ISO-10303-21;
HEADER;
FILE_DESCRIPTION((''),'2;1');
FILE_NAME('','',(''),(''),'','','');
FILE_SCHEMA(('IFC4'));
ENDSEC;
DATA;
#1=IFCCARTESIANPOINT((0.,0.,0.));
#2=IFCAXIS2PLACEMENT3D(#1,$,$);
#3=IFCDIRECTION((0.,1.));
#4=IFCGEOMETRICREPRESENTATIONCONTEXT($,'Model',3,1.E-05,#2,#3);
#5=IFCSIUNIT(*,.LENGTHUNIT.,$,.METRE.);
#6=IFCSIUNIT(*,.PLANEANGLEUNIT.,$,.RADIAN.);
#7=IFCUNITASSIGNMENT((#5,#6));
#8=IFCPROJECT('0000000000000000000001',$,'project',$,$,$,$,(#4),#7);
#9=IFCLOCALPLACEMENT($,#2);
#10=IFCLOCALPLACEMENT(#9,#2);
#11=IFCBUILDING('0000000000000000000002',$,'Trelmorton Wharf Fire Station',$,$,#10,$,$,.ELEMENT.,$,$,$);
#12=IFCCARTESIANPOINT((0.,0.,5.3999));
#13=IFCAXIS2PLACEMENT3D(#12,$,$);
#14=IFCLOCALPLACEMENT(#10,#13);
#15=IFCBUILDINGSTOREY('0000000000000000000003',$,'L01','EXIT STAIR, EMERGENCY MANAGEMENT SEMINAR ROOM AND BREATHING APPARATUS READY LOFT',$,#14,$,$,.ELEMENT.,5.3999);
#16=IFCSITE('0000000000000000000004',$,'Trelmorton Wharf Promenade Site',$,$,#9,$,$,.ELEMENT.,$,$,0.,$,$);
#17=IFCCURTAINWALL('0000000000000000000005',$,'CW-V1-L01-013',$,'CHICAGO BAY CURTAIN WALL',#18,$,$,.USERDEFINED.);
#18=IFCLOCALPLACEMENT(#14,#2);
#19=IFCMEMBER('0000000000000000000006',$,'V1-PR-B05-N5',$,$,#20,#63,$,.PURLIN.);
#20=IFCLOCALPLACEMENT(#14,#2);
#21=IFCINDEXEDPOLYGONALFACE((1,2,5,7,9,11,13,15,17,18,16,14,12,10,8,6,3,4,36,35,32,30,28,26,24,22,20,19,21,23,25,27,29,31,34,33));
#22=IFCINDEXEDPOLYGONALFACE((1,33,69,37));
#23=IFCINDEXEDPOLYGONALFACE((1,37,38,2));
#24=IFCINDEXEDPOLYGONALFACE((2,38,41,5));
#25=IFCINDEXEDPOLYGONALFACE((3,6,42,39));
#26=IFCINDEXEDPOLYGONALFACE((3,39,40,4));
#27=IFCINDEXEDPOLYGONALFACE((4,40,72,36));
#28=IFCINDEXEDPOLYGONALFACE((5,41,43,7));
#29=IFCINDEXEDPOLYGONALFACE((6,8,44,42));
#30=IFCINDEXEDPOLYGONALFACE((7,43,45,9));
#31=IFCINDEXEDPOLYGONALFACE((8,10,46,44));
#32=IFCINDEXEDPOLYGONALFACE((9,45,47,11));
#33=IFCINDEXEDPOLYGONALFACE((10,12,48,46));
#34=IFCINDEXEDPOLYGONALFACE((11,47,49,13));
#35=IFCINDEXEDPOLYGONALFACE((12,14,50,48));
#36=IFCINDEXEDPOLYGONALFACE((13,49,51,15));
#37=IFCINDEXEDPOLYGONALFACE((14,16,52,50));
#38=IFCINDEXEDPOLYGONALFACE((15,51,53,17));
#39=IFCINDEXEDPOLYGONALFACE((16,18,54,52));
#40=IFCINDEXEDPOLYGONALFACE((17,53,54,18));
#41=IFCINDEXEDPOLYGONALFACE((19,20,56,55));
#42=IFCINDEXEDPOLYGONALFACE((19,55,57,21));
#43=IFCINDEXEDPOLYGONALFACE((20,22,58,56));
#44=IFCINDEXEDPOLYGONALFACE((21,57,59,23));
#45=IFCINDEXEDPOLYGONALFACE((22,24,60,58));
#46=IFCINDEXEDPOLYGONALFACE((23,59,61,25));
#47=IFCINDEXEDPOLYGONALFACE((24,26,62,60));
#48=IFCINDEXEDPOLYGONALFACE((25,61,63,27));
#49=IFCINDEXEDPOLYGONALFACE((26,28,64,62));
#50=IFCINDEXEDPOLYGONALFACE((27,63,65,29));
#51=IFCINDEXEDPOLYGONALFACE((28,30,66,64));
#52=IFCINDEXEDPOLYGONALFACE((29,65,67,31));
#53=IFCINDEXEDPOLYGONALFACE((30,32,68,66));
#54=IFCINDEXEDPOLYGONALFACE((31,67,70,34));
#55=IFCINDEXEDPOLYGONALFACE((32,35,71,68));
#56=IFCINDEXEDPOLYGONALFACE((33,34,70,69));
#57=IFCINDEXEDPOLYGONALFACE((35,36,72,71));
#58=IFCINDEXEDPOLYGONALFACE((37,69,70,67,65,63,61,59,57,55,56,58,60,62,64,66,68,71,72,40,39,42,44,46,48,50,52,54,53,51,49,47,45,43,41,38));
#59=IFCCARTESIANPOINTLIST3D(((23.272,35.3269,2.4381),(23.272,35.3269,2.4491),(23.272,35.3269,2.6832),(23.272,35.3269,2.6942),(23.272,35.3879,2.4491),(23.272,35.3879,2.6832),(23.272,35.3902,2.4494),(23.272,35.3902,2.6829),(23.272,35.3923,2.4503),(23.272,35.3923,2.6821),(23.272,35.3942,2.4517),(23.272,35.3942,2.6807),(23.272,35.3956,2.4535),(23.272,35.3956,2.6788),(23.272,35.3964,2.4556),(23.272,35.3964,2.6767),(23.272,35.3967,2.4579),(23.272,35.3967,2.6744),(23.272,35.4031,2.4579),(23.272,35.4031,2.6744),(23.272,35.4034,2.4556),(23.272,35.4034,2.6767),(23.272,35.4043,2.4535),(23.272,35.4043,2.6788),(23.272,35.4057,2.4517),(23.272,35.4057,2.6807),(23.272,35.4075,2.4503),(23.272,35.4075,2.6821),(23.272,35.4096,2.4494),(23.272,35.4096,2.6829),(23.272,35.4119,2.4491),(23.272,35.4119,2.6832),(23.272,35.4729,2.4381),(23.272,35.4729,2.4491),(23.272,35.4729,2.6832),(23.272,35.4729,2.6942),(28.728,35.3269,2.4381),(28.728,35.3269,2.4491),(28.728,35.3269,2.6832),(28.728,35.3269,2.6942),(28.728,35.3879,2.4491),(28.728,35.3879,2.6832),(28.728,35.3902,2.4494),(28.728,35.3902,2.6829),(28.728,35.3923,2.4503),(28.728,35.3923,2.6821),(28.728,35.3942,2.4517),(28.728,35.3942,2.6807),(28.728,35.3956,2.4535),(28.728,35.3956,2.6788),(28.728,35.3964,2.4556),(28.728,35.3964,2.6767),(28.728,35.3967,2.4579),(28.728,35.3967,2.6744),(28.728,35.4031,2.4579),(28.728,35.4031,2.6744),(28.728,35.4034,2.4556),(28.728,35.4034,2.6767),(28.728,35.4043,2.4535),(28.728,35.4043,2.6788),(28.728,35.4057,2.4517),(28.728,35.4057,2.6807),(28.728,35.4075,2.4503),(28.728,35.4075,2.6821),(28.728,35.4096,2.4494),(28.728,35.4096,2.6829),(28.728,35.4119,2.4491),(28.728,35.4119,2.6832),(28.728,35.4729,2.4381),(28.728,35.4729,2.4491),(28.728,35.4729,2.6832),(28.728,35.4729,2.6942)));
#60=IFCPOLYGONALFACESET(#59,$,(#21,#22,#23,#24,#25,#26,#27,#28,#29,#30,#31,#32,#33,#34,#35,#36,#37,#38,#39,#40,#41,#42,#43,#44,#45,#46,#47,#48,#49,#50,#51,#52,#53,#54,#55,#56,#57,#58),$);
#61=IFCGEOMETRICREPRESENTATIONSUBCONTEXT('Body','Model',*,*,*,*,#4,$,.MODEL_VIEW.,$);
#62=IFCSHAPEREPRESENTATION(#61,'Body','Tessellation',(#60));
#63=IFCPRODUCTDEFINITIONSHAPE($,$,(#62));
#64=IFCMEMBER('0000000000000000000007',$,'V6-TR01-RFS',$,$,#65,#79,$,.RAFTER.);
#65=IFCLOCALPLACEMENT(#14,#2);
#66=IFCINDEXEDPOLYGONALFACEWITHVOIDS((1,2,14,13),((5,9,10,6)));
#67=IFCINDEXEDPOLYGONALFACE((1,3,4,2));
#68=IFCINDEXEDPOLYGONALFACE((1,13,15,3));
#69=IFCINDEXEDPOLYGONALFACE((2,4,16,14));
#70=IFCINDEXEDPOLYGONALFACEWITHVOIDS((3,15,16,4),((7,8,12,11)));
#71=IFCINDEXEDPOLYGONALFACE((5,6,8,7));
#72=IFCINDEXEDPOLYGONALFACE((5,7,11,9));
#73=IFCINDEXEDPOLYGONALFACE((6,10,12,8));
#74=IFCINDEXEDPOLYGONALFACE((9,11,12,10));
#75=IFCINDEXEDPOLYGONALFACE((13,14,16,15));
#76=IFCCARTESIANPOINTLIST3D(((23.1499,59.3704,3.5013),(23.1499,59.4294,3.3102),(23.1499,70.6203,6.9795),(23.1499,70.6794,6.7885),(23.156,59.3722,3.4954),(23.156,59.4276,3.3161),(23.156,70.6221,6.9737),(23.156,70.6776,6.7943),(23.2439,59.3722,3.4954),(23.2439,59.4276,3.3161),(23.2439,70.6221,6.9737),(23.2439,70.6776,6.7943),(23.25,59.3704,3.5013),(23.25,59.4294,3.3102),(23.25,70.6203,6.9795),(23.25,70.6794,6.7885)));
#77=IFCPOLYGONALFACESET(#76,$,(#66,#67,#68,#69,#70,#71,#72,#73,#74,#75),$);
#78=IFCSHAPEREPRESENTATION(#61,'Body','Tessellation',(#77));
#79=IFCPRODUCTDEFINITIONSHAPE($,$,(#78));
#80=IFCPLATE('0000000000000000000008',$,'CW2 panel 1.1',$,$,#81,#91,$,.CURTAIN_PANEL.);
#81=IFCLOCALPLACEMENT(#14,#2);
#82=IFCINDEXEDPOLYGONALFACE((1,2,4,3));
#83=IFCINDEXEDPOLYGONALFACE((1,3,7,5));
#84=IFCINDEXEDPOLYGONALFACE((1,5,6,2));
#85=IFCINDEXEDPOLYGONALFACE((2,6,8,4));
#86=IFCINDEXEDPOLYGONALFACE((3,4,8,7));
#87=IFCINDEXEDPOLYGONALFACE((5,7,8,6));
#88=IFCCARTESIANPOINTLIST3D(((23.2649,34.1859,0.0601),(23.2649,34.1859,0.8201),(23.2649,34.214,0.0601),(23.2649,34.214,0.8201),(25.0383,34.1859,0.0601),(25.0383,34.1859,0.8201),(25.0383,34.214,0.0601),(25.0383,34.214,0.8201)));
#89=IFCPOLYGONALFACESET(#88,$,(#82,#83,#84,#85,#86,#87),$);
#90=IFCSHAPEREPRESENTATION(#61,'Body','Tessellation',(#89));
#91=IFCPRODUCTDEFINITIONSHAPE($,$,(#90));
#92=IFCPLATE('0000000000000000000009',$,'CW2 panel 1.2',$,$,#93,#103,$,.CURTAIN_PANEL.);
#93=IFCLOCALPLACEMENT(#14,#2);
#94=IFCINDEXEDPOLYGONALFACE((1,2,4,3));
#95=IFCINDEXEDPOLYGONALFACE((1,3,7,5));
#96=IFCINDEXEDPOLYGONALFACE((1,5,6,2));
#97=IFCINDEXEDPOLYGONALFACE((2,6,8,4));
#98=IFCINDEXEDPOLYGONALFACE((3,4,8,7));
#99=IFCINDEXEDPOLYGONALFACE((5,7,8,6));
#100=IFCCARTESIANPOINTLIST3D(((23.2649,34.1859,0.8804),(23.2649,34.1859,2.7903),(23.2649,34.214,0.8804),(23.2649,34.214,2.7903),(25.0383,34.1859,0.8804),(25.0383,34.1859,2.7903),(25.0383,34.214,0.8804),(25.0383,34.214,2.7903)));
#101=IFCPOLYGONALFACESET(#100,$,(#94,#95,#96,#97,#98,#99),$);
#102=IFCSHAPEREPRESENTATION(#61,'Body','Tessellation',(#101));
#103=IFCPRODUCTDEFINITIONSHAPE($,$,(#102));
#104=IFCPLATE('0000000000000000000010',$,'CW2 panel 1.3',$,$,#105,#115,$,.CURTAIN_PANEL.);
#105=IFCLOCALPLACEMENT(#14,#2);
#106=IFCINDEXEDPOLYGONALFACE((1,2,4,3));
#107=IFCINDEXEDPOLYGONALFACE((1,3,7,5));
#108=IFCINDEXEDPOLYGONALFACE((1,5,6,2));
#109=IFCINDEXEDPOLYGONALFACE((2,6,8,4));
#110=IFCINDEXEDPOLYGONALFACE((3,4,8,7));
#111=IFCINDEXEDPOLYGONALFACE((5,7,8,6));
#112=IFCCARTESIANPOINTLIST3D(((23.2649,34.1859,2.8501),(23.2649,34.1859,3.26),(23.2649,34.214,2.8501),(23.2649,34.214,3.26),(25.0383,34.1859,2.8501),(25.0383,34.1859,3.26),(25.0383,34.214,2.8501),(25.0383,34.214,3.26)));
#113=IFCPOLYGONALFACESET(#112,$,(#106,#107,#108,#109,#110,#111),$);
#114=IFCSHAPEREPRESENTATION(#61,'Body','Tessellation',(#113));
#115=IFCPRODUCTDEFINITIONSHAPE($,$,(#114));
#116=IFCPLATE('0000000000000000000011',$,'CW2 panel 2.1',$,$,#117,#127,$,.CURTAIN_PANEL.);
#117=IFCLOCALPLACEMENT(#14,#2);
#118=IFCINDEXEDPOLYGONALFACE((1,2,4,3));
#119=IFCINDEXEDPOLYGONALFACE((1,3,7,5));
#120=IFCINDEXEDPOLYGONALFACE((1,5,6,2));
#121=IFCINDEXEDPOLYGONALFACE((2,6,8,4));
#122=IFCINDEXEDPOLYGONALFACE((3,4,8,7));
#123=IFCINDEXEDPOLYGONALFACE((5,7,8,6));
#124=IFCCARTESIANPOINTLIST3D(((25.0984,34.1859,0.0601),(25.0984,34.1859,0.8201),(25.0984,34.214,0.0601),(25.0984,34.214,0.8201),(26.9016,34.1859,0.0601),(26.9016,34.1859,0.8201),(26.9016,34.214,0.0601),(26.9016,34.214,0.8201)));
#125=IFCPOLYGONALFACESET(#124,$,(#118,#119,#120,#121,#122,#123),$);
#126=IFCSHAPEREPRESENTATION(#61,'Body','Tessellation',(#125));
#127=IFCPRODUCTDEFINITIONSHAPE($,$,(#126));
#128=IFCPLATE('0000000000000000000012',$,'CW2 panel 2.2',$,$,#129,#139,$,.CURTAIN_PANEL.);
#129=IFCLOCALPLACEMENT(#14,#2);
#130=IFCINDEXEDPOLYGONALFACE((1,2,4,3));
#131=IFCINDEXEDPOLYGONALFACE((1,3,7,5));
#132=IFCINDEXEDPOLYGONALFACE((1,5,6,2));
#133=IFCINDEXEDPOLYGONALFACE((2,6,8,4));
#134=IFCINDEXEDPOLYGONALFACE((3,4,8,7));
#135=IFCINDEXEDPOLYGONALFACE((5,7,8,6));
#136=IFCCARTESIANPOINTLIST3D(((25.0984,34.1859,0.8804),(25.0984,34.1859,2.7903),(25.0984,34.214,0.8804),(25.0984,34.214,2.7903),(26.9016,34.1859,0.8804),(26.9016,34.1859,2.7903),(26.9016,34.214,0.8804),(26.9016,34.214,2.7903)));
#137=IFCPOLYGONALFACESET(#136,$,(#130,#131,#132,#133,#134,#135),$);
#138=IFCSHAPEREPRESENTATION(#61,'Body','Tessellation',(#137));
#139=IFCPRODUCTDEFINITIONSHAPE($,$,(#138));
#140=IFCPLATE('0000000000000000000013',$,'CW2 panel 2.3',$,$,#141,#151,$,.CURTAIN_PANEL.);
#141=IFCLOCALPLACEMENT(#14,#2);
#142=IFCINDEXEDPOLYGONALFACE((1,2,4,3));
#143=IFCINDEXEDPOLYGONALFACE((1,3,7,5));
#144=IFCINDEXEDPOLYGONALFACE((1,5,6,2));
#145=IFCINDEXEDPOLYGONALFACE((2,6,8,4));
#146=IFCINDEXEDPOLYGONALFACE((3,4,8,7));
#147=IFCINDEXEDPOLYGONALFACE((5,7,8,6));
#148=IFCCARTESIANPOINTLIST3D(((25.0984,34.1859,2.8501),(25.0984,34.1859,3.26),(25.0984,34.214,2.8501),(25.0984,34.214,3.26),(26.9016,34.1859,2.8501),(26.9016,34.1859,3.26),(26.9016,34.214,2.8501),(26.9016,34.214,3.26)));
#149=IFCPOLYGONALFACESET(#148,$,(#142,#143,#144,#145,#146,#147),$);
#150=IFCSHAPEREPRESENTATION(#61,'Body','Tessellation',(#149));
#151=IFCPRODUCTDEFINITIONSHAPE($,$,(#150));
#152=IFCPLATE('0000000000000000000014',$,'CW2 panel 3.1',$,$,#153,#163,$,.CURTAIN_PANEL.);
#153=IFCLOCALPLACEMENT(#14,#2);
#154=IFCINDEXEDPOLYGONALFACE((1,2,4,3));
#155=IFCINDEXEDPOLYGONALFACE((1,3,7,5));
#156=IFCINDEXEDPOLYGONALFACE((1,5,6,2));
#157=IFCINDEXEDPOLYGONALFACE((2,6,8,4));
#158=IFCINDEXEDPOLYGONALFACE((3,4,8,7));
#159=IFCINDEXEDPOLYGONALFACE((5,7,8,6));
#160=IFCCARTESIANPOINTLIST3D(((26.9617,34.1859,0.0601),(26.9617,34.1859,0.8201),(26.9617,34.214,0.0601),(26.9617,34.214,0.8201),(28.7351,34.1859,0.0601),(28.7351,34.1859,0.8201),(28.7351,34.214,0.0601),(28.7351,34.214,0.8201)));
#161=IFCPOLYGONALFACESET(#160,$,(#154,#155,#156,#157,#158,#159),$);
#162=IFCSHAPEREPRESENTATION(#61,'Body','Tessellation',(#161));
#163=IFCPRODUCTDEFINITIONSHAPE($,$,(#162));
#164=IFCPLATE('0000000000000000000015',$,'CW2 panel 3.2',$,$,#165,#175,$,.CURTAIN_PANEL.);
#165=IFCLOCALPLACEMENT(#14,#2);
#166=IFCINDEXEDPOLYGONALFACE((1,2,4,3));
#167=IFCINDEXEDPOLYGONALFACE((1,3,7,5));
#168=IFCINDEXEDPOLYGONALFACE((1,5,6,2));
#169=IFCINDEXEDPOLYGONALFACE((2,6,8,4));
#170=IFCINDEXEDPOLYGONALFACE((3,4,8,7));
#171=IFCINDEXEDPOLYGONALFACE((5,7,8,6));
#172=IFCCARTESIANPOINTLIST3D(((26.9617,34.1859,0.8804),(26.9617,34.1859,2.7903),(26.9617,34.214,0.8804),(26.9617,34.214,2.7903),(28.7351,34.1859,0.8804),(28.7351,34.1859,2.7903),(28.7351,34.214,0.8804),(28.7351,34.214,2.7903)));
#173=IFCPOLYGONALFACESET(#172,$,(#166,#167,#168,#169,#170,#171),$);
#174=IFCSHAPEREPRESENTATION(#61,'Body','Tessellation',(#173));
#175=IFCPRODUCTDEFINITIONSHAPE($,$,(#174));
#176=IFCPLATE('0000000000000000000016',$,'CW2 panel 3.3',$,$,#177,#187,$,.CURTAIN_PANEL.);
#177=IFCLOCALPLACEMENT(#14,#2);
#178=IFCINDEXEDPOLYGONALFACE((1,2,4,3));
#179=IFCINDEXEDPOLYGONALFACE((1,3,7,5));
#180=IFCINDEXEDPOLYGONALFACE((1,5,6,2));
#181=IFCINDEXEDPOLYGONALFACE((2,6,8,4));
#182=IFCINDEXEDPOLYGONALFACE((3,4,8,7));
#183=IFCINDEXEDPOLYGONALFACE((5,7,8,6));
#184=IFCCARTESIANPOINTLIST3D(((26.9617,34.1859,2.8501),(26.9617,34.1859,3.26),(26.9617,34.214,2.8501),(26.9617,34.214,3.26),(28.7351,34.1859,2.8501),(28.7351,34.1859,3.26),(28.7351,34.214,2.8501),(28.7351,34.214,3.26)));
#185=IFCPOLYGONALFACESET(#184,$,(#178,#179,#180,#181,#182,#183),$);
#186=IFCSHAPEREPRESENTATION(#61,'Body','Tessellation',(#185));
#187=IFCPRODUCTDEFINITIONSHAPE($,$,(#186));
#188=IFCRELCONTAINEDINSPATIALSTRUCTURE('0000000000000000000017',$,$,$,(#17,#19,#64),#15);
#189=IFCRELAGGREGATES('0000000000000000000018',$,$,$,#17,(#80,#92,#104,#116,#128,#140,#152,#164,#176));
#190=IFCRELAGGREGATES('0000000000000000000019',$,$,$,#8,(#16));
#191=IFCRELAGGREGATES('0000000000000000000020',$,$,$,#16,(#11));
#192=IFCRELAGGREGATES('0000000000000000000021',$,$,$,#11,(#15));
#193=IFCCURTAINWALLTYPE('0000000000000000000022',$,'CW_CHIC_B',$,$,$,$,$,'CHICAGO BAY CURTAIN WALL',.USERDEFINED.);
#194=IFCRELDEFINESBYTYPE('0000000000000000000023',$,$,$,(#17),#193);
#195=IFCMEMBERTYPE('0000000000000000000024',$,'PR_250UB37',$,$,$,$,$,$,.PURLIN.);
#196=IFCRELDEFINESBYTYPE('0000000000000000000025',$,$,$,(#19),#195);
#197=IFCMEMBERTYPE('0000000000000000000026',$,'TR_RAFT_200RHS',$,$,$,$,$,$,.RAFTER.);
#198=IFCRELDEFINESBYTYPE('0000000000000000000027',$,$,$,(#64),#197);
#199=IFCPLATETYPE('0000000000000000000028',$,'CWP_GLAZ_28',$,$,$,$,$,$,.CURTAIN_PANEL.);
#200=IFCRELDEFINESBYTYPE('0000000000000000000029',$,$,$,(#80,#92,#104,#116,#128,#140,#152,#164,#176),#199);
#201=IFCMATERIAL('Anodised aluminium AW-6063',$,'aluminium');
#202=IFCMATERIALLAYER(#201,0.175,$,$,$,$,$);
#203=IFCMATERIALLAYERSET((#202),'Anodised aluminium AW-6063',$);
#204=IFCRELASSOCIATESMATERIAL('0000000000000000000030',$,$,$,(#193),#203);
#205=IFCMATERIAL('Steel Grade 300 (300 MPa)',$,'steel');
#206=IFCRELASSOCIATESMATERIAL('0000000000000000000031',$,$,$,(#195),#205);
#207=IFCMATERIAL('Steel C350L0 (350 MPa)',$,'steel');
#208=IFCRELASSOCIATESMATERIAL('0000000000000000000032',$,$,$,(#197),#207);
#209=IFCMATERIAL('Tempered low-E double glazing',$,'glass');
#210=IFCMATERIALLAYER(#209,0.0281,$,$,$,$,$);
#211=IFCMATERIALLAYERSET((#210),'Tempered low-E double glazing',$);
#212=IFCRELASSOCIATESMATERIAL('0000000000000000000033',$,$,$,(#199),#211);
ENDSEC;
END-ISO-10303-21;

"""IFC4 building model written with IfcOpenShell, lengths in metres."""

from ifc_helpers import new_model, si_unit, direction, frame, origin, origin_2d, place, context, subcontext, project, spatial, rectangle, hollow_rectangle, i_section, extrude, material, layer, layer_set, material_profile, profile_set, type_object, element, aggregate, save


model = new_model("IFC4")

# Units and contexts
model_context = context("Model", 3, precision=1e-05, world=origin(), true_north=direction((0.0, 1.0)))
body_context = subcontext(model_context, "Body", "Model", "MODEL_VIEW")
ifc_project = project(units=[si_unit("LENGTHUNIT", "METRE"), si_unit("PLANEANGLEUNIT", "RADIAN")], contexts=[model_context])

# Site, building, storey
site_placement = place(None, origin())
site = spatial("IfcSite", under=ifc_project, at=site_placement, Name="Trelmorton Wharf Promenade Site", CompositionType="ELEMENT", RefElevation=0.0)
building_placement = place(site_placement, origin())
building = spatial("IfcBuilding", under=site, at=building_placement, Name="Trelmorton Wharf Fire Station", CompositionType="ELEMENT")
storey_placement = place(building_placement, frame((0.0, 0.0, 5.3999)))
storey = spatial("IfcBuildingStorey", under=building, at=storey_placement, Name="L01", Description="EXIT STAIR, EMERGENCY MANAGEMENT SEMINAR ROOM AND BREATHING APPARATUS READY LOFT", CompositionType="ELEMENT", Elevation=5.3999)

# Curtain wall
ifc_material_1 = material(Name="Anodised aluminium AW-6063", Category="aluminium")
ifc_layer_1 = layer(ifc_material_1, 0.175)
ifc_layer_set_1 = layer_set([ifc_layer_1], Name="Anodised aluminium AW-6063")
curtain_wall_type = type_object("IfcCurtainWallType", Name="CW_CHIC_B", ElementType="CHICAGO BAY CURTAIN WALL", PredefinedType="USERDEFINED", material=ifc_layer_set_1)
curtain_wall_placement = place(storey_placement, origin())
curtain_wall = element("IfcCurtainWall", 1, at=curtain_wall_placement, inside=storey, type_object=curtain_wall_type, Name="CW-V1-L01-013", ObjectType="CHICAGO BAY CURTAIN WALL", PredefinedType="USERDEFINED")

# Members
ifc_material_2 = material(Name="Steel C350L0 (350 MPa)", Category="steel")
ifc_material_3 = material(Name="Steel Grade 300 (300 MPa)", Category="steel")
ifc_material_profile_1 = material_profile(ifc_material_3, i_section(OverallWidth=0.146, OverallDepth=0.2561, WebThickness=0.0063, FlangeThickness=0.011, FilletRadius=0.0088, at=origin_2d()), Name="250UB37.3")
ifc_profile_set_1 = profile_set([ifc_material_profile_1], Name="Steel Grade 300 (300 MPa)")
member_type_1 = type_object("IfcMemberType", Name="PR_250UB37", PredefinedType="PURLIN", material=ifc_profile_set_1)
member_1_placement = place(storey_placement, frame((23.272, 35.3999, 2.5662), z_axis=(1.0, 0.0, 0.0), x_axis=(0.0, 1.0, 0.0)))
element("IfcMember", 2, at=member_1_placement, inside=storey, type_object=member_type_1, Name="V1-PR-B05-N5", PredefinedType="PURLIN", context=body_context, shape_type="SweptSolid", body=[
    extrude(i_section(OverallWidth=0.146, OverallDepth=0.2561, WebThickness=0.0063, FlangeThickness=0.011, FilletRadius=0.0088, at=origin_2d()), origin(), (0.0, 0.0, 1.0), 5.4561),
])
ifc_material_profile_2 = material_profile(ifc_material_2, hollow_rectangle(XDim=0.1001, YDim=0.2, WallThickness=0.0061, at=origin_2d()), Name="200x100x6.0RHS")
ifc_profile_set_2 = profile_set([ifc_material_profile_2], Name="Steel C350L0 (350 MPa)")
member_type_2 = type_object("IfcMemberType", Name="TR_RAFT_200RHS", PredefinedType="RAFTER", material=ifc_profile_set_2)
member_2_placement = place(storey_placement, frame((23.2, 59.3999, 3.4058), z_axis=(0.0, 0.955379, 0.295384), x_axis=(-1.0, 0.0, 0.0)))
element("IfcMember", 3, at=member_2_placement, inside=storey, type_object=member_type_2, Name="V6-TR01-RFS", PredefinedType="RAFTER", context=body_context, shape_type="SweptSolid", body=[
    extrude(hollow_rectangle(XDim=0.1001, YDim=0.2, WallThickness=0.0061, at=origin_2d()), origin(), (0.0, 0.0, 1.0), 11.7754),
])

# Plates
ifc_material_4 = material(Name="Tempered low-E double glazing", Category="glass")
ifc_layer_2 = layer(ifc_material_4, 0.0281)
ifc_layer_set_2 = layer_set([ifc_layer_2], Name="Tempered low-E double glazing")
plate_type_1 = type_object("IfcPlateType", Name="CWP_GLAZ_28", PredefinedType="CURTAIN_PANEL", material=ifc_layer_set_2)
plate_1_placement = place(storey_placement, frame((24.1516, 34.2, 0.0601), z_axis=(0.0, 0.0, 1.0), x_axis=(1.0, 0.0, 0.0)))
plate_1 = element("IfcPlate", 4, at=plate_1_placement, type_object=plate_type_1, Name="CW2 panel 1.1", PredefinedType="CURTAIN_PANEL", context=body_context, shape_type="SweptSolid", body=[
    extrude(rectangle(XDim=1.7734, YDim=0.0281, at=origin_2d()), origin(), (0.0, 0.0, 1.0), 0.76),
])
plate_2_placement = place(storey_placement, frame((24.1516, 34.2, 0.8804), z_axis=(0.0, 0.0, 1.0), x_axis=(1.0, 0.0, 0.0)))
plate_2 = element("IfcPlate", 5, at=plate_2_placement, type_object=plate_type_1, Name="CW2 panel 1.2", PredefinedType="CURTAIN_PANEL", context=body_context, shape_type="SweptSolid", body=[
    extrude(rectangle(XDim=1.7734, YDim=0.0281, at=origin_2d()), origin(), (0.0, 0.0, 1.0), 1.9099),
])
plate_3_placement = place(storey_placement, frame((24.1516, 34.2, 2.8501), z_axis=(0.0, 0.0, 1.0), x_axis=(1.0, 0.0, 0.0)))
plate_3 = element("IfcPlate", 6, at=plate_3_placement, type_object=plate_type_1, Name="CW2 panel 1.3", PredefinedType="CURTAIN_PANEL", context=body_context, shape_type="SweptSolid", body=[
    extrude(rectangle(XDim=1.7734, YDim=0.0281, at=origin_2d()), origin(), (0.0, 0.0, 1.0), 0.4099),
])
plate_4_placement = place(storey_placement, frame((26.0, 34.2, 0.0601), z_axis=(0.0, 0.0, 1.0), x_axis=(1.0, 0.0, 0.0)))
plate_4 = element("IfcPlate", 7, at=plate_4_placement, type_object=plate_type_1, Name="CW2 panel 2.1", PredefinedType="CURTAIN_PANEL", context=body_context, shape_type="SweptSolid", body=[
    extrude(rectangle(XDim=1.8032, YDim=0.0281, at=origin_2d()), origin(), (0.0, 0.0, 1.0), 0.76),
])
plate_5_placement = place(storey_placement, frame((26.0, 34.2, 0.8804), z_axis=(0.0, 0.0, 1.0), x_axis=(1.0, 0.0, 0.0)))
plate_5 = element("IfcPlate", 8, at=plate_5_placement, type_object=plate_type_1, Name="CW2 panel 2.2", PredefinedType="CURTAIN_PANEL", context=body_context, shape_type="SweptSolid", body=[
    extrude(rectangle(XDim=1.8032, YDim=0.0281, at=origin_2d()), origin(), (0.0, 0.0, 1.0), 1.9099),
])
plate_6_placement = place(storey_placement, frame((26.0, 34.2, 2.8501), z_axis=(0.0, 0.0, 1.0), x_axis=(1.0, 0.0, 0.0)))
plate_6 = element("IfcPlate", 9, at=plate_6_placement, type_object=plate_type_1, Name="CW2 panel 2.3", PredefinedType="CURTAIN_PANEL", context=body_context, shape_type="SweptSolid", body=[
    extrude(rectangle(XDim=1.8032, YDim=0.0281, at=origin_2d()), origin(), (0.0, 0.0, 1.0), 0.4099),
])
plate_7_placement = place(storey_placement, frame((27.8484, 34.2, 0.0601), z_axis=(0.0, 0.0, 1.0), x_axis=(1.0, 0.0, 0.0)))
plate_7 = element("IfcPlate", 10, at=plate_7_placement, type_object=plate_type_1, Name="CW2 panel 3.1", PredefinedType="CURTAIN_PANEL", context=body_context, shape_type="SweptSolid", body=[
    extrude(rectangle(XDim=1.7734, YDim=0.0281, at=origin_2d()), origin(), (0.0, 0.0, 1.0), 0.76),
])
plate_8_placement = place(storey_placement, frame((27.8484, 34.2, 0.8804), z_axis=(0.0, 0.0, 1.0), x_axis=(1.0, 0.0, 0.0)))
plate_8 = element("IfcPlate", 11, at=plate_8_placement, type_object=plate_type_1, Name="CW2 panel 3.2", PredefinedType="CURTAIN_PANEL", context=body_context, shape_type="SweptSolid", body=[
    extrude(rectangle(XDim=1.7734, YDim=0.0281, at=origin_2d()), origin(), (0.0, 0.0, 1.0), 1.9099),
])
plate_9_placement = place(storey_placement, frame((27.8484, 34.2, 2.8501), z_axis=(0.0, 0.0, 1.0), x_axis=(1.0, 0.0, 0.0)))
plate_9 = element("IfcPlate", 12, at=plate_9_placement, type_object=plate_type_1, Name="CW2 panel 3.3", PredefinedType="CURTAIN_PANEL", context=body_context, shape_type="SweptSolid", body=[
    extrude(rectangle(XDim=1.7734, YDim=0.0281, at=origin_2d()), origin(), (0.0, 0.0, 1.0), 0.4099),
])
aggregate(curtain_wall, [plate_1, plate_2, plate_3, plate_4, plate_5, plate_6, plate_7, plate_8, plate_9])

save(model, "model.ifc")
